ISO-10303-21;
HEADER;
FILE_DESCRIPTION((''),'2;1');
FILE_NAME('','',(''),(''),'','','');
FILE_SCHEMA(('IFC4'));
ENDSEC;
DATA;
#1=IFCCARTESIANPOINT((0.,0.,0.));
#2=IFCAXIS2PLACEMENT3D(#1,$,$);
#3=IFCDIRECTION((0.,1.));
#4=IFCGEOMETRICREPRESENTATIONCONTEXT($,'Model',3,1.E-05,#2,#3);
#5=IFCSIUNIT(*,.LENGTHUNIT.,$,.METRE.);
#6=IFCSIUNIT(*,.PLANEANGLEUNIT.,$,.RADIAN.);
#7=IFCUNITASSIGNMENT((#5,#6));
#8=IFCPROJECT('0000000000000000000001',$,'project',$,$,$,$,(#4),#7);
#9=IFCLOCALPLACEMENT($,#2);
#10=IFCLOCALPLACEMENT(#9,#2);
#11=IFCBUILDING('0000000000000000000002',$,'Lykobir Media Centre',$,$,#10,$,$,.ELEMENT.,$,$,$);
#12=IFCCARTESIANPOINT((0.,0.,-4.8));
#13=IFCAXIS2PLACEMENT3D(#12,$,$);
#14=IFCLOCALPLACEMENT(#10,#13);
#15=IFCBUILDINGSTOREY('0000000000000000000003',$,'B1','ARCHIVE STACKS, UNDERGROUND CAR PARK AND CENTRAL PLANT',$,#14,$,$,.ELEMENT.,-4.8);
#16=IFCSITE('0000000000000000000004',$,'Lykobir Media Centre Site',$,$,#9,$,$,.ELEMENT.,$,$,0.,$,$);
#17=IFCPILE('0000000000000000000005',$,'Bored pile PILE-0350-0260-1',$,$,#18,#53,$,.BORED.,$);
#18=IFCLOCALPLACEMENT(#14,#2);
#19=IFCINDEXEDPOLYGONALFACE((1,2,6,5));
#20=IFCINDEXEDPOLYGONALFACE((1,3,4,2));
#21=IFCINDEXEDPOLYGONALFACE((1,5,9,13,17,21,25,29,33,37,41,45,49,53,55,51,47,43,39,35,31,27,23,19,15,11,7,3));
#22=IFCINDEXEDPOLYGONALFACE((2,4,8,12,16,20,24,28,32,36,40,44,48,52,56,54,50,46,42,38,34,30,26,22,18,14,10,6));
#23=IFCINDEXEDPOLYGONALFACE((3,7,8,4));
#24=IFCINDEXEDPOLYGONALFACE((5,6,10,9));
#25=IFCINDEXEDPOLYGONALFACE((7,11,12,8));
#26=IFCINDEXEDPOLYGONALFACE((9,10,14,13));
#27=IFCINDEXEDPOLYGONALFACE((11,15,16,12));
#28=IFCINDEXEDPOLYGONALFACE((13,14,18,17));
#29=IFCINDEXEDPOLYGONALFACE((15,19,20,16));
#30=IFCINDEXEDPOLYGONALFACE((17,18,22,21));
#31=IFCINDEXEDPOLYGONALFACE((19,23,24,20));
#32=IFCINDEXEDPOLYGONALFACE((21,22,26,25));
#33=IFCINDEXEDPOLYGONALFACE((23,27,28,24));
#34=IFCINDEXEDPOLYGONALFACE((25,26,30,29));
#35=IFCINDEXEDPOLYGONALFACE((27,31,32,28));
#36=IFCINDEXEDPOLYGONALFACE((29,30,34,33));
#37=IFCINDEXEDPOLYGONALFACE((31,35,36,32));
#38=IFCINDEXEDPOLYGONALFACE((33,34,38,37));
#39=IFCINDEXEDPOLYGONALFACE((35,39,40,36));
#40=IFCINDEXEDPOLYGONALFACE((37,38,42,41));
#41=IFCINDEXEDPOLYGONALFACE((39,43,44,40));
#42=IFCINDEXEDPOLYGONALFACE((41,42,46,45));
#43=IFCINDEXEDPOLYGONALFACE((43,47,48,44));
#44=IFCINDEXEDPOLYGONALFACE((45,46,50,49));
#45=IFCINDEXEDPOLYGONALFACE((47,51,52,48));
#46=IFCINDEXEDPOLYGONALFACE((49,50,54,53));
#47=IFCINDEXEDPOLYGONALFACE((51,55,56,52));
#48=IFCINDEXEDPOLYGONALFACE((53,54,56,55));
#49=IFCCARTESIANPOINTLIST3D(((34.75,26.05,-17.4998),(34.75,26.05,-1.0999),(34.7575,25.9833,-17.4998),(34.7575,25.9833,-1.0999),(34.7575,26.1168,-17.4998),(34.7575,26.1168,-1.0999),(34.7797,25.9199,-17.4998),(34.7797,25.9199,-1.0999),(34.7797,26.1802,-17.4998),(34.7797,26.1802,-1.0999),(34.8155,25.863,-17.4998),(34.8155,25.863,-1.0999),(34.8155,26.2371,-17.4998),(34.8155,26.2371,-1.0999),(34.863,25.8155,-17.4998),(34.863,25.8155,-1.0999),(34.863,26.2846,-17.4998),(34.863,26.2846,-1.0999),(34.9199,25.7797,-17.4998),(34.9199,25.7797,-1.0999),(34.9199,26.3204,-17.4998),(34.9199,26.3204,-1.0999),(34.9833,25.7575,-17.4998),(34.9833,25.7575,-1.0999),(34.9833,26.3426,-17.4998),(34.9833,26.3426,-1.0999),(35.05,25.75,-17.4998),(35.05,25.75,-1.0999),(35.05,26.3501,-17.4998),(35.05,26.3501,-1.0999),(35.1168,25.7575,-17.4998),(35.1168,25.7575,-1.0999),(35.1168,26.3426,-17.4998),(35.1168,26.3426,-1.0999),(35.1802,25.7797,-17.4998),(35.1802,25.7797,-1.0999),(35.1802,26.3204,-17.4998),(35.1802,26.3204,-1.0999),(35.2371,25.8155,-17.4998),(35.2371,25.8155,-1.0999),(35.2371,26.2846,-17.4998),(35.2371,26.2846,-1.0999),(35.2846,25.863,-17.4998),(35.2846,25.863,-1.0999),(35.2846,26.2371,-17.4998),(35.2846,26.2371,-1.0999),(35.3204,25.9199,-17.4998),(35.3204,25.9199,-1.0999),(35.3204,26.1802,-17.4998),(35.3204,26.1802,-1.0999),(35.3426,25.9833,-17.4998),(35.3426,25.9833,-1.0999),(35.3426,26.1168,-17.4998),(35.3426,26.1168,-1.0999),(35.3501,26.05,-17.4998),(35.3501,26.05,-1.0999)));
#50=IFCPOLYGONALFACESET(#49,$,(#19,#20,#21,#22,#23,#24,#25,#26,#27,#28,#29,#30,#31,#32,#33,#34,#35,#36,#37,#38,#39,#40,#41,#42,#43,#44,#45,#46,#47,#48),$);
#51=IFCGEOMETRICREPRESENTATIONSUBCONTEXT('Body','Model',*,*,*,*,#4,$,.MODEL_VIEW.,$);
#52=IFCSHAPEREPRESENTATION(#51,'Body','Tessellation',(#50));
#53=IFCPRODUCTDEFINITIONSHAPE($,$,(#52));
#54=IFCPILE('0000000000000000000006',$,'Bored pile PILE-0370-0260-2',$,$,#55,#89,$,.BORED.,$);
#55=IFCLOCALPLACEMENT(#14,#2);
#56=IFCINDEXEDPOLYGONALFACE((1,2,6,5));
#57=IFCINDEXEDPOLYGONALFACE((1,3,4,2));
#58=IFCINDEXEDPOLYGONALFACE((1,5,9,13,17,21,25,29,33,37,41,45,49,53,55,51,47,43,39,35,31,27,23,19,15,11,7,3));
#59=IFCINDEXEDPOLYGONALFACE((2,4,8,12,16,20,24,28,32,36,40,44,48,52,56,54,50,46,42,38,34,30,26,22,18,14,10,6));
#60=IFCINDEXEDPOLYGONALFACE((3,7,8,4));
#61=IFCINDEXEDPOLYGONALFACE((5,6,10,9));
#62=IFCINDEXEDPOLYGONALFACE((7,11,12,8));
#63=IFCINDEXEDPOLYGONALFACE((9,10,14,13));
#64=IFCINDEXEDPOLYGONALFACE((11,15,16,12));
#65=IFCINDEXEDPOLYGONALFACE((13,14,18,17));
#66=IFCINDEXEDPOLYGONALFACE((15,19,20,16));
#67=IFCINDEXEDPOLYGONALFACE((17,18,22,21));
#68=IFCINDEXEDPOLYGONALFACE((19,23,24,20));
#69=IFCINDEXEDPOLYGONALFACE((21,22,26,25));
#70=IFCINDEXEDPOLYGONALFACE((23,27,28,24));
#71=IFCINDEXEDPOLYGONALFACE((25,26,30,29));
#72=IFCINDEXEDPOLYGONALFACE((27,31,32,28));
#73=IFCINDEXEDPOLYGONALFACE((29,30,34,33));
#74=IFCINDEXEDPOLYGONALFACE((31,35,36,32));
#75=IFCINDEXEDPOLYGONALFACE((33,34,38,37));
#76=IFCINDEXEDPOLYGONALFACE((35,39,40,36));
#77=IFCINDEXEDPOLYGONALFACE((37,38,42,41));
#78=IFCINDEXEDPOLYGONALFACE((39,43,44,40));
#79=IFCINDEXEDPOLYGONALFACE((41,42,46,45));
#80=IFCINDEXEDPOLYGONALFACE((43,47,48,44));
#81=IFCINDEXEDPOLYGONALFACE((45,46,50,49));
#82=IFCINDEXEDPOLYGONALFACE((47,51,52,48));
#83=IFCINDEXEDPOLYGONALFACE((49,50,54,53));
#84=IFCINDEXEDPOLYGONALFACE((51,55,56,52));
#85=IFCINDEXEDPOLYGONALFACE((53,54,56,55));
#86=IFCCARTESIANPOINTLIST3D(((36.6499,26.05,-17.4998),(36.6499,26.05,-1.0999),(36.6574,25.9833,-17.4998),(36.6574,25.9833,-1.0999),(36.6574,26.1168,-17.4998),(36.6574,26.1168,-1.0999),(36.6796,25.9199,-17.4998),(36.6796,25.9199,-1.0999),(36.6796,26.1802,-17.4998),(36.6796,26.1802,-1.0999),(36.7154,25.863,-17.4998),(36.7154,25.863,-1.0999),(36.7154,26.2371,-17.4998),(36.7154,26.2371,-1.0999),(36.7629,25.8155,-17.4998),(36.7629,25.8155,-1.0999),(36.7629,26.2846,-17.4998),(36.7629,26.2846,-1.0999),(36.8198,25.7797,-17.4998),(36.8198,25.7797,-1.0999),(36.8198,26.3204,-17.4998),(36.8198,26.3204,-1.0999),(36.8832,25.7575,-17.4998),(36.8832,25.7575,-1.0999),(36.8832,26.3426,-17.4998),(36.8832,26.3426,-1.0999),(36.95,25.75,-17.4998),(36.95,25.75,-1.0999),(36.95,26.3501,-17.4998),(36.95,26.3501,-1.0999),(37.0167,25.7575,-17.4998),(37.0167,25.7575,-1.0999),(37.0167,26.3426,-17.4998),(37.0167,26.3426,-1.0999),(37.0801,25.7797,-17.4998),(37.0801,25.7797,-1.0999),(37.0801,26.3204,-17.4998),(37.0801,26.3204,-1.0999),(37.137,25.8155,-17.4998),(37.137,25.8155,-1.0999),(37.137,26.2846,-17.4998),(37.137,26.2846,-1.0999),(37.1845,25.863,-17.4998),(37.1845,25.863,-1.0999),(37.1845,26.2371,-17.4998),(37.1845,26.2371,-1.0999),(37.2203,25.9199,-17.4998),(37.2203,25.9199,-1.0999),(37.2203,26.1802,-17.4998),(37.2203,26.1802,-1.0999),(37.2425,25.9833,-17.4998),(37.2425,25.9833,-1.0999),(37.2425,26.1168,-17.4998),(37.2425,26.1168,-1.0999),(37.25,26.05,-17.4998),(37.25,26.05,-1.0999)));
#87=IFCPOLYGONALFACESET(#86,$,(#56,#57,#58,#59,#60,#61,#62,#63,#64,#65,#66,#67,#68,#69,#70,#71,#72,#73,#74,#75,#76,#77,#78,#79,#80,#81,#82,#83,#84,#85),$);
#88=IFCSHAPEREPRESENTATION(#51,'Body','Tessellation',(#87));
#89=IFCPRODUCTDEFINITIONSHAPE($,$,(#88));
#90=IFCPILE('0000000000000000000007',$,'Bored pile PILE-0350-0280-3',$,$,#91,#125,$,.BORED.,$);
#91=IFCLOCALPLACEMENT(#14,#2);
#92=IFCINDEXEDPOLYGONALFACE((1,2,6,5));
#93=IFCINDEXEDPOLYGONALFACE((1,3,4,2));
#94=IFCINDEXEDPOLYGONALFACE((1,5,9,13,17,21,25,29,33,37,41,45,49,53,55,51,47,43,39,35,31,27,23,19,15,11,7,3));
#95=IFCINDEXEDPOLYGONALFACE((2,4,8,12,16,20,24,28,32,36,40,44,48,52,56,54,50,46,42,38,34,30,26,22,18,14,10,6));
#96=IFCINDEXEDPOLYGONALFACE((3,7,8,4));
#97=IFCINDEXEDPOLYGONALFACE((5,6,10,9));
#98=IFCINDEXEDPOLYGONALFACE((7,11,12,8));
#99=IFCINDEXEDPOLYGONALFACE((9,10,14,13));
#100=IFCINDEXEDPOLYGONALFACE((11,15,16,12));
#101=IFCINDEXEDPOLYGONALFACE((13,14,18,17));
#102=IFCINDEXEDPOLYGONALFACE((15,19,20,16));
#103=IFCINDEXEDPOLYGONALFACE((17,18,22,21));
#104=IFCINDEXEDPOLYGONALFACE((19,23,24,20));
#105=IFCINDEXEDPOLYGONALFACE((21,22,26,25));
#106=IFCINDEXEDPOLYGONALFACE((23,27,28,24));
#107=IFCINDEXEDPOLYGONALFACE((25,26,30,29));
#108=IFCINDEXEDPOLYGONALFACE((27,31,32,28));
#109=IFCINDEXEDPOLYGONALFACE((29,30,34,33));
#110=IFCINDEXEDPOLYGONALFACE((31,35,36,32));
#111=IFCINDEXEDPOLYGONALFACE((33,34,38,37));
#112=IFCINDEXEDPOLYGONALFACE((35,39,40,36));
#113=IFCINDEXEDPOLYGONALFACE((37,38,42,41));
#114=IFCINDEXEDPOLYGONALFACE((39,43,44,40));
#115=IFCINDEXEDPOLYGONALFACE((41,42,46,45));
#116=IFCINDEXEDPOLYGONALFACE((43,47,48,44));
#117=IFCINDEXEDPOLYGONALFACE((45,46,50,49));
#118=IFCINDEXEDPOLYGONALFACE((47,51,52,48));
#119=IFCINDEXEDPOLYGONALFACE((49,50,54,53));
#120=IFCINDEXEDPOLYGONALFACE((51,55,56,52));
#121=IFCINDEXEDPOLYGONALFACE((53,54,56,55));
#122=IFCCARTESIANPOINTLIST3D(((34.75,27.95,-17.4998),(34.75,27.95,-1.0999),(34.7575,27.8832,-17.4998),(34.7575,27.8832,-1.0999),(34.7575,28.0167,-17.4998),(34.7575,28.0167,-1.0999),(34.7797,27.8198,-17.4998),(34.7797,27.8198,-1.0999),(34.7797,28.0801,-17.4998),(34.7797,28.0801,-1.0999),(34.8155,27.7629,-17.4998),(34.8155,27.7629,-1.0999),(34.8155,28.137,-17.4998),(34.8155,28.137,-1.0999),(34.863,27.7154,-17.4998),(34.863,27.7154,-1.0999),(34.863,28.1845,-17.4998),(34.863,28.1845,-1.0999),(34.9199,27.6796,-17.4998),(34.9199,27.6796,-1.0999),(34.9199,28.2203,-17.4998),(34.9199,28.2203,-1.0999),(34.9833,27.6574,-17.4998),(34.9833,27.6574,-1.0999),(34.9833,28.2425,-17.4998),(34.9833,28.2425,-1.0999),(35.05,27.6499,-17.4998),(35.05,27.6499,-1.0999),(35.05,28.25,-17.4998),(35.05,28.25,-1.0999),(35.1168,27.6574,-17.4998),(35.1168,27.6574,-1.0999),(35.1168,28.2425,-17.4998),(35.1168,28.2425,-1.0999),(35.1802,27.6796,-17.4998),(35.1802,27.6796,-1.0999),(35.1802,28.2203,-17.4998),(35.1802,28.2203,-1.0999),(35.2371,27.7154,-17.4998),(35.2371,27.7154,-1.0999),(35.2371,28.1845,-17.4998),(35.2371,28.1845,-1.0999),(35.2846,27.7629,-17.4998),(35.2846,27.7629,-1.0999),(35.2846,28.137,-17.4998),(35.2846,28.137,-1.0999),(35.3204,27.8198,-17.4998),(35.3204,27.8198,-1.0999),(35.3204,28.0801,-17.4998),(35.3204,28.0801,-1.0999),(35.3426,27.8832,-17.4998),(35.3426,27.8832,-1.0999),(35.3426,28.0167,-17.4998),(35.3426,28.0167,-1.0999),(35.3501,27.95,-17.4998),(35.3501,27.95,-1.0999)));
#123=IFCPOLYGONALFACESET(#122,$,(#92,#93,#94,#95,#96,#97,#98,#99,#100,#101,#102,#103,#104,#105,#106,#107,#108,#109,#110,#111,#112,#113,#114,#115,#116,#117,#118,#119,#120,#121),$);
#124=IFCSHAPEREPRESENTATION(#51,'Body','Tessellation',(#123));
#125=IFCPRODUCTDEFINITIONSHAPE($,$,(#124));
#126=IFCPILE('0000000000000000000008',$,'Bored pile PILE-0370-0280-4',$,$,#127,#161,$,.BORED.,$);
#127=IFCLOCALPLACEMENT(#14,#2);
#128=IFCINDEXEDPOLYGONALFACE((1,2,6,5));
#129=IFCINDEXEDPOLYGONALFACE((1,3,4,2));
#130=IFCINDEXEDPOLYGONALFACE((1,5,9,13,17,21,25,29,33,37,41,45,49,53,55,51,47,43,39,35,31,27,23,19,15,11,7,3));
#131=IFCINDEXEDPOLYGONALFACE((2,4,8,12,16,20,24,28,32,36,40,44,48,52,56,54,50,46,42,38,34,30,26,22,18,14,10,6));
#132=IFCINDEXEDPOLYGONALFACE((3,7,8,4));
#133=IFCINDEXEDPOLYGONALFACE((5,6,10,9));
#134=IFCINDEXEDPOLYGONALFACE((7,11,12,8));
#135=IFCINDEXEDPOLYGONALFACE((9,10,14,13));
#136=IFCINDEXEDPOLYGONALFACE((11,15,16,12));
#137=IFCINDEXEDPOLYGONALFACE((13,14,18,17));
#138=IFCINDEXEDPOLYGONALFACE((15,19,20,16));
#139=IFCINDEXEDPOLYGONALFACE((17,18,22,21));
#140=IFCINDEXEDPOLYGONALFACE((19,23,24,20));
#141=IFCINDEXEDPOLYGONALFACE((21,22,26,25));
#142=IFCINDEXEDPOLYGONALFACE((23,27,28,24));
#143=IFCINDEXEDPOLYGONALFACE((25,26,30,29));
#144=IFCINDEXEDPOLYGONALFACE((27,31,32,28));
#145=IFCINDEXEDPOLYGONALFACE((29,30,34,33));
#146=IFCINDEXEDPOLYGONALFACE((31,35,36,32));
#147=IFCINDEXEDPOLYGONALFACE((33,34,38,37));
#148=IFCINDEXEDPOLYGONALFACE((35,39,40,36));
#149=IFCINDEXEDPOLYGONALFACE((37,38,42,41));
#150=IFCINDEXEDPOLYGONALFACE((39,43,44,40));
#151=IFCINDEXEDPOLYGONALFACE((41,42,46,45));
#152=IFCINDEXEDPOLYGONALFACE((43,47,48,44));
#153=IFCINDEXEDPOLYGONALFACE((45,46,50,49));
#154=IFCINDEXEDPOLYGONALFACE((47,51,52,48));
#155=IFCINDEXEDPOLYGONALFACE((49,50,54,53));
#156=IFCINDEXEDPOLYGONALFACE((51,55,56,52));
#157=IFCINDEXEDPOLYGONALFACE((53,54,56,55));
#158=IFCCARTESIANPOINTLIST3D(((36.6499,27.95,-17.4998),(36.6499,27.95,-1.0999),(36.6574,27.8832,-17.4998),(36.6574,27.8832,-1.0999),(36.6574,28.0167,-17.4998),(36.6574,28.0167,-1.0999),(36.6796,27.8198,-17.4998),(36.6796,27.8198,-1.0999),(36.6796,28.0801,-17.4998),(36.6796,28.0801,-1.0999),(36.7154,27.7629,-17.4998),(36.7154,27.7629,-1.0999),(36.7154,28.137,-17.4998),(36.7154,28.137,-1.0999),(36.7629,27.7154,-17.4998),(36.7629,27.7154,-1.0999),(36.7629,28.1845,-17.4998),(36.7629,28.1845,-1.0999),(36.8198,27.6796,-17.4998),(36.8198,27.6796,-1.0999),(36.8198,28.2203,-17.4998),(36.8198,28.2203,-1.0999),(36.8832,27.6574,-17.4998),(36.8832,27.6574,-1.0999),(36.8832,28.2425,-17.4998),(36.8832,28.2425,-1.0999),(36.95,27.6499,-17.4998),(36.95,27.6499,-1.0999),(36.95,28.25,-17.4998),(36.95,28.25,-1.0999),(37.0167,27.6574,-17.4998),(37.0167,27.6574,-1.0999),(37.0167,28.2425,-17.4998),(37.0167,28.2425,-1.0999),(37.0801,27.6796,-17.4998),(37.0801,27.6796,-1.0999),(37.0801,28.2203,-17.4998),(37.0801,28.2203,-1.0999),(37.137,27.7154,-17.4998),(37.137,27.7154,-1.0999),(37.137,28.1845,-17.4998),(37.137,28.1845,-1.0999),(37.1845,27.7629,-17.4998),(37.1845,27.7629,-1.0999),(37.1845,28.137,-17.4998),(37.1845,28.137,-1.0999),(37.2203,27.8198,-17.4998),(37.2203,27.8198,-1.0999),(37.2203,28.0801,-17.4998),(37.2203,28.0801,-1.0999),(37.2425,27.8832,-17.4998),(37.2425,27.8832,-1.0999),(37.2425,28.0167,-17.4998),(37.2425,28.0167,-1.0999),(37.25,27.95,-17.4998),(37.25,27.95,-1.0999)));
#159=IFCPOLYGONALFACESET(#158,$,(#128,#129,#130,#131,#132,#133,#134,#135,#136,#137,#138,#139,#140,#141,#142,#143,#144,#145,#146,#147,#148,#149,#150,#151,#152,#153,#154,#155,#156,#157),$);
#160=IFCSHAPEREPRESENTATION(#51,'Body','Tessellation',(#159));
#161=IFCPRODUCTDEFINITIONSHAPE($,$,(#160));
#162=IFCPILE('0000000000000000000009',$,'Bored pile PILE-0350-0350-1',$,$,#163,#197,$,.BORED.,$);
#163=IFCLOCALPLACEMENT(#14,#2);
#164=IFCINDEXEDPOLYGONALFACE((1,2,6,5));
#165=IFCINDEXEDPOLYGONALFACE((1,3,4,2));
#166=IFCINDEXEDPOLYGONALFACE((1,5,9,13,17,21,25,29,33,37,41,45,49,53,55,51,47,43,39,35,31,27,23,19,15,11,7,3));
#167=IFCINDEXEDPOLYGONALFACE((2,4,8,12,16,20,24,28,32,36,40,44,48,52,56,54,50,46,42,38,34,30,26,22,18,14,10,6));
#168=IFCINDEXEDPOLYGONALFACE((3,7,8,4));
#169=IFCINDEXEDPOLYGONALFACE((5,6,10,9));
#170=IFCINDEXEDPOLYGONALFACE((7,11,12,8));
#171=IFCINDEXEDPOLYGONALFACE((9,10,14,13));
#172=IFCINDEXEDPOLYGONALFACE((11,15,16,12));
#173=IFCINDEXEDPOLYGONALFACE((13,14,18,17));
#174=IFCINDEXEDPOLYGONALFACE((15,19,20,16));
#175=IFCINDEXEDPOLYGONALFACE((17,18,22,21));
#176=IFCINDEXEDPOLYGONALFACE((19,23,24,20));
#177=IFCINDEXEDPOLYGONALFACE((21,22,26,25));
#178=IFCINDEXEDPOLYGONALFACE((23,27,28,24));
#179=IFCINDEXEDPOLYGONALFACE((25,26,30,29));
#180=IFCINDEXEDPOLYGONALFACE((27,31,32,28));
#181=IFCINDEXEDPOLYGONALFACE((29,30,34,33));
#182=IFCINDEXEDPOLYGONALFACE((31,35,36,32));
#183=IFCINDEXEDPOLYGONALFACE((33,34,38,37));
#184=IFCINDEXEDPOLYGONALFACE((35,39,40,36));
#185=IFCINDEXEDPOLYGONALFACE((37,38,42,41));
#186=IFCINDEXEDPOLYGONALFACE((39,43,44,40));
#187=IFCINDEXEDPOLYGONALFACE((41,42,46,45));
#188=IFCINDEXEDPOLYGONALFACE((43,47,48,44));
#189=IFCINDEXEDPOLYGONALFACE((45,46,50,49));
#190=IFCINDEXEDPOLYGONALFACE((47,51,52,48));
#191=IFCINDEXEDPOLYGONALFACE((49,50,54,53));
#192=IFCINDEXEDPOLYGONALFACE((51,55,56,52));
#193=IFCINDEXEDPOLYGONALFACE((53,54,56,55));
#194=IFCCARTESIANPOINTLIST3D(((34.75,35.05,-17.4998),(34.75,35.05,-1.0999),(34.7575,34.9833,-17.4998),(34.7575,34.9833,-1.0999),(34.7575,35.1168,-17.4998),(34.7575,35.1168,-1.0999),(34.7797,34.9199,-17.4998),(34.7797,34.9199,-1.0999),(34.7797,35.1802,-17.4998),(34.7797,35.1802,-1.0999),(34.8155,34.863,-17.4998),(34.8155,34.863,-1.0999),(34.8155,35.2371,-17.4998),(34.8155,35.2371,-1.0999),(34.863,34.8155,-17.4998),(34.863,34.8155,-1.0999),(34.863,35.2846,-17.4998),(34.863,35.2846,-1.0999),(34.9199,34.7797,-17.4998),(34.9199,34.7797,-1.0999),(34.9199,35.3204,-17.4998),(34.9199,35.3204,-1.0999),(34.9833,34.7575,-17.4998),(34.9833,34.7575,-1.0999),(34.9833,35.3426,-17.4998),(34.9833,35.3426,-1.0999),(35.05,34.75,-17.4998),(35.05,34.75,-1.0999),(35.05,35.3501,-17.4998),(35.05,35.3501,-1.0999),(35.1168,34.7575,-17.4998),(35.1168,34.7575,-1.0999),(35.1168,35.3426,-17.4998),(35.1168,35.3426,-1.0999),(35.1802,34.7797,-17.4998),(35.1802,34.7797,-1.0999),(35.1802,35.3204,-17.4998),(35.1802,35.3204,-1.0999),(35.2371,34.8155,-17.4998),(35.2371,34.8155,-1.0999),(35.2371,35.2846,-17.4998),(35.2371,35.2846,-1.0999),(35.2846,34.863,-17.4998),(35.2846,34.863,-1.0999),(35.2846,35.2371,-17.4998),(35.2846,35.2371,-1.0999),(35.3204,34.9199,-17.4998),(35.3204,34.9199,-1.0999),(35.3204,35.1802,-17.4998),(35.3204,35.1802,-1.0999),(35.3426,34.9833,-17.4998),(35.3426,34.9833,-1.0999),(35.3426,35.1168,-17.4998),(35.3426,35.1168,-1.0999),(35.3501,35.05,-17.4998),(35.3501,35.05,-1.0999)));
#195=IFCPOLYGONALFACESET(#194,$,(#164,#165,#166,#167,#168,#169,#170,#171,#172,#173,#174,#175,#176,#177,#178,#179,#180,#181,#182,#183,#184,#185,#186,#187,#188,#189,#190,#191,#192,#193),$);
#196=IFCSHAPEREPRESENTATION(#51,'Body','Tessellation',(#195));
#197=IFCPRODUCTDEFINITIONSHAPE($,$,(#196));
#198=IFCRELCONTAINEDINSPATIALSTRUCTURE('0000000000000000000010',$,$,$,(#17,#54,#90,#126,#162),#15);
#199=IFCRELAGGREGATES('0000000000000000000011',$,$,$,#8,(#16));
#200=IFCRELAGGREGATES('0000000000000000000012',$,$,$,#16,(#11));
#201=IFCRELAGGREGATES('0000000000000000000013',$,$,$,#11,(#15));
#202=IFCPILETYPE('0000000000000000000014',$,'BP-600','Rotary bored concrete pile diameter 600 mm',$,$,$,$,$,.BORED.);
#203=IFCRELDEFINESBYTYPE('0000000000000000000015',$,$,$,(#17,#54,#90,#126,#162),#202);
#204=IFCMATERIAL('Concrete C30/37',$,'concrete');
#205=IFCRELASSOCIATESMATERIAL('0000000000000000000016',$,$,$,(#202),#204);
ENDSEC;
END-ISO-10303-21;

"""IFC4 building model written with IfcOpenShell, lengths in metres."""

from ifc_helpers import new_model, si_unit, direction, frame, origin, origin_2d, place, context, subcontext, project, spatial, circle, extrude, material, material_profile, profile_set, type_object, element, save


model = new_model("IFC4")

# Units and contexts
model_context = context("Model", 3, precision=1e-05, world=origin(), true_north=direction((0.0, 1.0)))
body_context = subcontext(model_context, "Body", "Model", "MODEL_VIEW")
ifc_project = project(units=[si_unit("LENGTHUNIT", "METRE"), si_unit("PLANEANGLEUNIT", "RADIAN")], contexts=[model_context])

# Site, building, storey
site_placement = place(None, origin())
site = spatial("IfcSite", under=ifc_project, at=site_placement, Name="Lykobir Media Centre Site", CompositionType="ELEMENT", RefElevation=0.0)
building_placement = place(site_placement, origin())
building = spatial("IfcBuilding", under=site, at=building_placement, Name="Lykobir Media Centre", CompositionType="ELEMENT")
storey_placement = place(building_placement, frame((0.0, 0.0, -4.8)))
storey = spatial("IfcBuildingStorey", under=building, at=storey_placement, Name="B1", Description="ARCHIVE STACKS, UNDERGROUND CAR PARK AND CENTRAL PLANT", CompositionType="ELEMENT", Elevation=-4.8)

# Piles
ifc_material_1 = material(Name="Concrete C30/37", Category="concrete")
ifc_material_profile_1 = material_profile(ifc_material_1, circle(Radius=0.3, at=origin_2d()), Name="BORED PILE D600")
ifc_profile_set_1 = profile_set([ifc_material_profile_1], Name="Concrete C30/37")
pile_type_1 = type_object("IfcPileType", Name="BP-600", Description="Rotary bored concrete pile diameter 600 mm", PredefinedType="BORED", material=ifc_profile_set_1)
for number, where, z_axis, x_axis, name in (
    (1, (35.05, 26.05, -1.0999), (0.0, 0.0, -1.0), (1.0, 0.0, 0.0), "Bored pile PILE-0350-0260-1"),
    (2, (36.95, 26.05, -1.0999), (0.0, 0.0, -1.0), (1.0, 0.0, 0.0), "Bored pile PILE-0370-0260-2"),
    (3, (35.05, 27.95, -1.0999), (0.0, 0.0, -1.0), (1.0, 0.0, 0.0), "Bored pile PILE-0350-0280-3"),
    (4, (36.95, 27.95, -1.0999), (0.0, 0.0, -1.0), (1.0, 0.0, 0.0), "Bored pile PILE-0370-0280-4"),
    (5, (35.05, 35.05, -1.0999), (0.0, 0.0, -1.0), (1.0, 0.0, 0.0), "Bored pile PILE-0350-0350-1"),
):
    element("IfcPile", number, at=place(storey_placement, frame(where, z_axis=z_axis, x_axis=x_axis)), inside=storey, type_object=pile_type_1, Name=name, PredefinedType="BORED", context=body_context, shape_type="SweptSolid", body=[
        extrude(circle(Radius=0.3, at=origin_2d()), origin(), (0.0, 0.0, 1.0), 16.3999),
    ])

save(model, "model.ifc")
